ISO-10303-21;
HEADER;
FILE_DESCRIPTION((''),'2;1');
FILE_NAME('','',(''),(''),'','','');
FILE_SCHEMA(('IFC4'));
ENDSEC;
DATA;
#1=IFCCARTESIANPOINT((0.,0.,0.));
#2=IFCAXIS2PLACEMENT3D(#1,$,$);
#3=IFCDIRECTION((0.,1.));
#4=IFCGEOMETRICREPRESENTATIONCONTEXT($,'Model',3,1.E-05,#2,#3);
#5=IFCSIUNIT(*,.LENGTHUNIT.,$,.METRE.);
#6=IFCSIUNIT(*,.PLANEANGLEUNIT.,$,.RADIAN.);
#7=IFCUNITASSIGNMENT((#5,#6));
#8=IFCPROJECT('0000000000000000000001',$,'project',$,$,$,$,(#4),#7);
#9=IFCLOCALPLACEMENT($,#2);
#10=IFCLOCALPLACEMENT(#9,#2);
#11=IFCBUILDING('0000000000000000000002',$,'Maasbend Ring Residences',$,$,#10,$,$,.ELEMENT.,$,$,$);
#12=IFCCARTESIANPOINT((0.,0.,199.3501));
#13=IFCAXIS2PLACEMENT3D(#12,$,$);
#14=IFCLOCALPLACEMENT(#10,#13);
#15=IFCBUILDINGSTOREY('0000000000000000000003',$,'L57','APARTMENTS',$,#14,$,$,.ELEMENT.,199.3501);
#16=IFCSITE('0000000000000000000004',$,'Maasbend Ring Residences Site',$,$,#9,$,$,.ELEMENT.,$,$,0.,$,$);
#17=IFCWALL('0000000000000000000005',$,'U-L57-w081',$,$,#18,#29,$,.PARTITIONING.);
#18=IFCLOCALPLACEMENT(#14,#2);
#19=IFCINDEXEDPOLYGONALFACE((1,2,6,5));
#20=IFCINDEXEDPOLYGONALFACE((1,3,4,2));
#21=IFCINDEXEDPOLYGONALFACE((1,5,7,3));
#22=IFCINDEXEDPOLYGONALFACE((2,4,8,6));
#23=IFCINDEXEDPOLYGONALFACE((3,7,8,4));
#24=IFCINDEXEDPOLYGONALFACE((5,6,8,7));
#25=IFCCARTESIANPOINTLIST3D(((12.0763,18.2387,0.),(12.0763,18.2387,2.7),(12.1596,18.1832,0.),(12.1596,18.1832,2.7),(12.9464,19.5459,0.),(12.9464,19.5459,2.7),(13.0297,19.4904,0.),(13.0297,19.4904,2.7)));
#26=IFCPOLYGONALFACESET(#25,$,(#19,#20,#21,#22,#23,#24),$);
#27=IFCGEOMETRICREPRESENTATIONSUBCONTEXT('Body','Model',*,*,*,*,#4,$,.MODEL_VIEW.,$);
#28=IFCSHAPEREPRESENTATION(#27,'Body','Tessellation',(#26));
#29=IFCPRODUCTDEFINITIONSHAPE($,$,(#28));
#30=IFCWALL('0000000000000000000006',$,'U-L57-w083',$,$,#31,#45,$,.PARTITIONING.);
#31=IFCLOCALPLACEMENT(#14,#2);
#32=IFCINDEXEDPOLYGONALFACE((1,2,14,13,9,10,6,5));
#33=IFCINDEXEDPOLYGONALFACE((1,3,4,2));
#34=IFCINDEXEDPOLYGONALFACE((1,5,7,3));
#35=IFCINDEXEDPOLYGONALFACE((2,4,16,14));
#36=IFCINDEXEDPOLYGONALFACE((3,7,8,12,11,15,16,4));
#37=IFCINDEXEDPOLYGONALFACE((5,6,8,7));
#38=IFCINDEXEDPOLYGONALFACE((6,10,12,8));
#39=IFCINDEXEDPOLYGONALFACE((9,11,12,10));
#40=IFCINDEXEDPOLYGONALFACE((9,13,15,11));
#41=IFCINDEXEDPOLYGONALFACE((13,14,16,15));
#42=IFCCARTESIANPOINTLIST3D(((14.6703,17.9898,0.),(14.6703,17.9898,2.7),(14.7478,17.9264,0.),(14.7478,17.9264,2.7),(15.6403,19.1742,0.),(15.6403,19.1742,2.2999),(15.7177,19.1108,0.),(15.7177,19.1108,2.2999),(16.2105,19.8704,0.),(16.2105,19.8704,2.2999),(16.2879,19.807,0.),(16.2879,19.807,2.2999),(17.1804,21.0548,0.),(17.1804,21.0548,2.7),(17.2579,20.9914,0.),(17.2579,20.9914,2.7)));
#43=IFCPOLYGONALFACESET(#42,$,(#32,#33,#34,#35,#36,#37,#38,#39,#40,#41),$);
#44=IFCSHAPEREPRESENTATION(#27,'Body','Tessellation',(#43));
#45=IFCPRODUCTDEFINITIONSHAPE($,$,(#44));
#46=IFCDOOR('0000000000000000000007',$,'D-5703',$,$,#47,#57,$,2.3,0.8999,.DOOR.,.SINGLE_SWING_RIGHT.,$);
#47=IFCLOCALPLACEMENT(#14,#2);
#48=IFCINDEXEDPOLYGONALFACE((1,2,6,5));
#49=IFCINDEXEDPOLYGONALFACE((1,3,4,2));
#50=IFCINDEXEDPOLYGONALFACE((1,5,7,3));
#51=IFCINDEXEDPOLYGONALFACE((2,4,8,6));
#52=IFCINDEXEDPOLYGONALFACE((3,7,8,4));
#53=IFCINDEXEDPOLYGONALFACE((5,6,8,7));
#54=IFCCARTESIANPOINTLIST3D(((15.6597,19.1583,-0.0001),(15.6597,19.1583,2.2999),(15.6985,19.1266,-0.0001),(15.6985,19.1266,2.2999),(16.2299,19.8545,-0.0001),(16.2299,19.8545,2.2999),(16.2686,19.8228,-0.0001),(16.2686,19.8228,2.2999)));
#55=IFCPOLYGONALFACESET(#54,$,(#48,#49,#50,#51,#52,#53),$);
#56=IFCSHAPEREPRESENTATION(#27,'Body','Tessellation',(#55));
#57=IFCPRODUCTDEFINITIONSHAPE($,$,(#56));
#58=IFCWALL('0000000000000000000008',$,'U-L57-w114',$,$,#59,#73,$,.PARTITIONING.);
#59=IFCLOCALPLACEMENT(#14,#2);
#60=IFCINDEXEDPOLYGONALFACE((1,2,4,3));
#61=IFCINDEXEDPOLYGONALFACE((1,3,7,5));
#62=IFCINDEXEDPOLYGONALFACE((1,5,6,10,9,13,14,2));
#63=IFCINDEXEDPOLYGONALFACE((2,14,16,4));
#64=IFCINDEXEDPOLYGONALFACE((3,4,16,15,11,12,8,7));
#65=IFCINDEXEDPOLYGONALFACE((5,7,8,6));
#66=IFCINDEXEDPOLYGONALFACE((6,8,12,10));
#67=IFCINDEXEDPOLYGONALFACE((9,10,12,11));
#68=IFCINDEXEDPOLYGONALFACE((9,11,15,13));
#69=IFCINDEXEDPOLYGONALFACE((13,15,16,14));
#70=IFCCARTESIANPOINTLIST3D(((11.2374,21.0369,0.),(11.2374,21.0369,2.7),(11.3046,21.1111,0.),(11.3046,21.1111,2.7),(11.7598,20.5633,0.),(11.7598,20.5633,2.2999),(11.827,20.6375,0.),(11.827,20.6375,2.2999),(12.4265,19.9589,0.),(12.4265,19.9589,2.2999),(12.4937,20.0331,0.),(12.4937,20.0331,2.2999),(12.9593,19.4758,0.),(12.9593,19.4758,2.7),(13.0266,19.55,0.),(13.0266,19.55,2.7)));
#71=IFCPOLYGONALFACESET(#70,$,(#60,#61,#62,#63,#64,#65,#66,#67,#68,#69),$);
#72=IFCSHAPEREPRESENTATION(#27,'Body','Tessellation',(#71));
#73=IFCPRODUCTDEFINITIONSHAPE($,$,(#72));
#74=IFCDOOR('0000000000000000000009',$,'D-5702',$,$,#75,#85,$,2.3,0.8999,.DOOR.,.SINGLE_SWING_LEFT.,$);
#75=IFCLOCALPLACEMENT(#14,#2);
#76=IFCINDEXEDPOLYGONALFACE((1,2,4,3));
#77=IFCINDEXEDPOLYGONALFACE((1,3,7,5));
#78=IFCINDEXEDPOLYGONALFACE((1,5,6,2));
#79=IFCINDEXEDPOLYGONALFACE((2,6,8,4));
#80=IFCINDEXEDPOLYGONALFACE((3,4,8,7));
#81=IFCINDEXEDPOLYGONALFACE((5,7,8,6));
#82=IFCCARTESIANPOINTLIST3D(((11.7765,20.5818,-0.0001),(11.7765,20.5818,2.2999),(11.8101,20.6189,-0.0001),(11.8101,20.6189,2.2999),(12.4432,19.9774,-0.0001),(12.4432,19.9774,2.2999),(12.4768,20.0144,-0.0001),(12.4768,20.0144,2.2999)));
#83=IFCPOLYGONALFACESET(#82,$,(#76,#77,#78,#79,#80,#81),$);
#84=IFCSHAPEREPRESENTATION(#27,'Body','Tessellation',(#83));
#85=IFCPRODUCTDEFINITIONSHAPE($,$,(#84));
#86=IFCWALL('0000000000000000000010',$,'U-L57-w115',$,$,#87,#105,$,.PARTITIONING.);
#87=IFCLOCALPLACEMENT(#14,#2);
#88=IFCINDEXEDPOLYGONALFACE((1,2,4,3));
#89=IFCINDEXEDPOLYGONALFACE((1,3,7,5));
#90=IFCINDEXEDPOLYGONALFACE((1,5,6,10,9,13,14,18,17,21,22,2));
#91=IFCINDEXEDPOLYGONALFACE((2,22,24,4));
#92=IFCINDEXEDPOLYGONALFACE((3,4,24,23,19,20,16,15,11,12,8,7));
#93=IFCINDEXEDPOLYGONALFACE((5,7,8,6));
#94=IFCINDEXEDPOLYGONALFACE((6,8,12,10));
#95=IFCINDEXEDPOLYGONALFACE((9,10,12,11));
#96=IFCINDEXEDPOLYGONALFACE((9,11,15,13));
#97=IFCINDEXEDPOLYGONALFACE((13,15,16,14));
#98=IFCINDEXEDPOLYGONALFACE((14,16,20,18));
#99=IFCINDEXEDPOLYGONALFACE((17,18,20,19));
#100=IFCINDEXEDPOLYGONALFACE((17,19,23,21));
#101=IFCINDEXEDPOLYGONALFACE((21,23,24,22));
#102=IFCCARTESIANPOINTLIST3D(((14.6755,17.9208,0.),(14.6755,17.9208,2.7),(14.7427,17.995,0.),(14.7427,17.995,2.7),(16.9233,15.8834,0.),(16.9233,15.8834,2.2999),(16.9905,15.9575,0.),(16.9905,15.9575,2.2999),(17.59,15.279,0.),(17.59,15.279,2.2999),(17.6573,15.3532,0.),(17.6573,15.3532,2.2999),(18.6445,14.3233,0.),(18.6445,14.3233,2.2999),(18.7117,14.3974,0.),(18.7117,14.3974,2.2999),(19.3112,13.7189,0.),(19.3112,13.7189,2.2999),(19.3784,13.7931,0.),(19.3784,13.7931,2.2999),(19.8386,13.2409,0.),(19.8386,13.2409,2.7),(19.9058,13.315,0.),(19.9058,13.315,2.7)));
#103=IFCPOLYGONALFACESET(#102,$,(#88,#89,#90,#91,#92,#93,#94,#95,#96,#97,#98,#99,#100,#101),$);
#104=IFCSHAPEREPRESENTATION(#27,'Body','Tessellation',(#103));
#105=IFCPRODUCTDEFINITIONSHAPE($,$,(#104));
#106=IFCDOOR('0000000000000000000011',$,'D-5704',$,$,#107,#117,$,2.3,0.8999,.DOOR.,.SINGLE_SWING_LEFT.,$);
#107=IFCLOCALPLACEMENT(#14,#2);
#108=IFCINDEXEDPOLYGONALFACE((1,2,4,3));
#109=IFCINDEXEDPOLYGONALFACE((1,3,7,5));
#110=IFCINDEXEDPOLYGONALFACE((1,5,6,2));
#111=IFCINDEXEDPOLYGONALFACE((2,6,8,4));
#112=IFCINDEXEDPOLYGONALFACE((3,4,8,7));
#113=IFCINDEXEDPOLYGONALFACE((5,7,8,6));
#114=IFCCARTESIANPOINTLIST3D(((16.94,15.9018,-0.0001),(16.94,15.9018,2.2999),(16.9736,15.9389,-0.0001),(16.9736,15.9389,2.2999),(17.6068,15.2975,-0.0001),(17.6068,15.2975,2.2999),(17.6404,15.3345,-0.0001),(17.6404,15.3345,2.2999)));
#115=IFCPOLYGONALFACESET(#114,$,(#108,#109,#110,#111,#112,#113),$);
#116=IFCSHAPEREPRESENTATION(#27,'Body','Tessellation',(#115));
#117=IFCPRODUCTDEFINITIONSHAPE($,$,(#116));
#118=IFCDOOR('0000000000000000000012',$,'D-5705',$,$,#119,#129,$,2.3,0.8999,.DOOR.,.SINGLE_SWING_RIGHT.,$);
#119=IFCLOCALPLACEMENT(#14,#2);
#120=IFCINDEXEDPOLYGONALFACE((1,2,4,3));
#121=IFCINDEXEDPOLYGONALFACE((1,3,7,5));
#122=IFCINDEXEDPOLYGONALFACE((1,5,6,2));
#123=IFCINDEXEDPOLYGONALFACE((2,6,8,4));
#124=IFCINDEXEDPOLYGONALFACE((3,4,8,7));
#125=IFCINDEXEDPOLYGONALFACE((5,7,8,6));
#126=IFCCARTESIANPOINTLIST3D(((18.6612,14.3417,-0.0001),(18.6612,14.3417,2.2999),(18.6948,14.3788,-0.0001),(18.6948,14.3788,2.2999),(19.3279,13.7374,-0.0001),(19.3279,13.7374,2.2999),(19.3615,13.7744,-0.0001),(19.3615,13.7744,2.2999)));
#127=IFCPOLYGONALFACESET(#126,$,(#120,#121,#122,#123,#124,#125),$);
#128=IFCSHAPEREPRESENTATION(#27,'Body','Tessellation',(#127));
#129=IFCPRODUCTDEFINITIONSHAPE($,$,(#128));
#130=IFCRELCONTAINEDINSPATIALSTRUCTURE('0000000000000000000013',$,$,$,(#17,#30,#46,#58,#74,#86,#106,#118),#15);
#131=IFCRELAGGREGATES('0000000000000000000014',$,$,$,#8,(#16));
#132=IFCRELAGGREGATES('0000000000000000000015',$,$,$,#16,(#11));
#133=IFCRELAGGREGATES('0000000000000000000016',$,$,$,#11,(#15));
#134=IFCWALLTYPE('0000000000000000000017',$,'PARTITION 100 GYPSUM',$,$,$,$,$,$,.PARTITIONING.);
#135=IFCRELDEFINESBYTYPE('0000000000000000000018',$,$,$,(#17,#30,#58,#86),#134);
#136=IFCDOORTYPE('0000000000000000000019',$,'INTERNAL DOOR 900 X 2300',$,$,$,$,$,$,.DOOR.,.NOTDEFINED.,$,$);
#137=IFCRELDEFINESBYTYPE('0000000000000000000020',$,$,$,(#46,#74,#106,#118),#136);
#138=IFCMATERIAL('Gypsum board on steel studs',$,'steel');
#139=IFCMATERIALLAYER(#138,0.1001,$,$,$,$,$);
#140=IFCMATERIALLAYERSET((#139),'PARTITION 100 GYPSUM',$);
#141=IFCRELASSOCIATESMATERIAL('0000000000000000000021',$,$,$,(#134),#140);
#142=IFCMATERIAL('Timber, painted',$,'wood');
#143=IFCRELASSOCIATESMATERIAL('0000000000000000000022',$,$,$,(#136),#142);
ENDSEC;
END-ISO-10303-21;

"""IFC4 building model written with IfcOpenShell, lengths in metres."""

from ifc_helpers import new_model, si_unit, direction, frame, frame_2d, origin, place, context, subcontext, project, spatial, rectangle, extrude, material, layer, layer_set, type_object, element, fill, save


model = new_model("IFC4")

# Units and contexts
model_context = context("Model", 3, precision=1e-05, world=origin(), true_north=direction((0.0, 1.0)))
body_context = subcontext(model_context, "Body", "Model", "MODEL_VIEW")
ifc_project = project(units=[si_unit("LENGTHUNIT", "METRE"), si_unit("PLANEANGLEUNIT", "RADIAN")], contexts=[model_context])

# Site, building, storey
site_placement = place(None, origin())
site = spatial("IfcSite", under=ifc_project, at=site_placement, Name="Maasbend Ring Residences Site", CompositionType="ELEMENT", RefElevation=0.0)
building_placement = place(site_placement, origin())
building = spatial("IfcBuilding", under=site, at=building_placement, Name="Maasbend Ring Residences", CompositionType="ELEMENT")
storey_placement = place(building_placement, frame((0.0, 0.0, 199.3501)))
storey = spatial("IfcBuildingStorey", under=building, at=storey_placement, Name="L57", Description="APARTMENTS", CompositionType="ELEMENT", Elevation=199.3501)

# Wall
ifc_material_1 = material(Name="Gypsum board on steel studs", Category="steel")
ifc_layer_1 = layer(ifc_material_1, 0.1001)
ifc_layer_set_1 = layer_set([ifc_layer_1], Name="PARTITION 100 GYPSUM")
wall_type_1 = type_object("IfcWallType", Name="PARTITION 100 GYPSUM", PredefinedType="PARTITIONING", material=ifc_layer_set_1)
wall_1_placement = place(storey_placement, frame((12.1179, 18.2109, 0.0), z_axis=(0.0, 0.0, 1.0), x_axis=(0.554126, 0.832433, 0.0)))
element("IfcWall", 1, at=wall_1_placement, inside=storey, type_object=wall_type_1, Name="U-L57-w081", PredefinedType="PARTITIONING", context=body_context, shape_type="SweptSolid", body=[
    extrude(rectangle(XDim=1.5703, YDim=0.1001, at=frame_2d((0.7852, 0.0))), origin(), (0.0, 0.0, 1.0), 2.7),
])

# Walls, openings, doors
wall_2_placement = place(storey_placement, frame((14.709, 17.958, 0.0), z_axis=(0.0, 0.0, 1.0), x_axis=(0.63359, 0.773669, 0.0)))
wall_2 = element("IfcWall", 2, at=wall_2_placement, inside=storey, type_object=wall_type_1, Name="U-L57-w083", PredefinedType="PARTITIONING", context=body_context, shape_type="SweptSolid", body=[
    extrude(rectangle(XDim=3.9617, YDim=0.1001, at=frame_2d((1.981, 0.0))), origin(), (0.0, 0.0, 1.0), 2.7),
])
opening_1_placement = place(wall_2_placement, frame((1.531, 0.0, 0.0)))
opening_1 = element("IfcOpeningElement", 3, at=opening_1_placement, cuts=wall_2, PredefinedType="OPENING", context=body_context, shape_type="SweptSolid", body=[
    extrude(rectangle(XDim=0.8999, YDim=2.3, at=frame_2d((0.45, 1.1499))), frame((0.0, 0.0601, 0.0), z_axis=(0.0, -1.0, 0.0), x_axis=(1.0, 0.0, 0.0)), (0.0, 0.0, 1.0), 0.1201),
])
ifc_material_2 = material(Name="Timber, painted", Category="wood")
door_type_1 = type_object("IfcDoorType", Name="INTERNAL DOOR 900 X 2300", OperationType="NOTDEFINED", PredefinedType="DOOR", material=ifc_material_2)
door_1_placement = place(opening_1_placement, origin())
door_1 = element("IfcDoor", 4, at=door_1_placement, inside=storey, type_object=door_type_1, Name="D-5703", OperationType="SINGLE_SWING_RIGHT", OverallHeight=2.3, OverallWidth=0.8999, PredefinedType="DOOR", context=body_context, shape_type="SweptSolid", body=[
    extrude(rectangle(XDim=0.8999, YDim=2.3, at=frame_2d((0.45, 1.1499))), frame((0.0, 0.0249, 0.0), z_axis=(0.0, -1.0, 0.0), x_axis=(1.0, 0.0, 0.0)), (0.0, 0.0, 1.0), 0.05),
])
fill(opening_1, door_1)
wall_3_placement = place(storey_placement, frame((11.271, 21.074, 0.0), z_axis=(0.0, 0.0, 1.0), x_axis=(0.740871, -0.671647, 0.0)))
wall_3 = element("IfcWall", 5, at=wall_3_placement, inside=storey, type_object=wall_type_1, Name="U-L57-w114", PredefinedType="PARTITIONING", context=body_context, shape_type="SweptSolid", body=[
    extrude(rectangle(XDim=2.3242, YDim=0.1001, at=frame_2d((1.1621, 0.0))), origin(), (0.0, 0.0, 1.0), 2.7),
])
opening_2_placement = place(wall_3_placement, frame((0.7051, 0.0, 0.0)))
opening_2 = element("IfcOpeningElement", 6, at=opening_2_placement, cuts=wall_3, PredefinedType="OPENING", context=body_context, shape_type="SweptSolid", body=[
    extrude(rectangle(XDim=0.8999, YDim=2.3, at=frame_2d((0.45, 1.1499))), frame((0.0, 0.0601, 0.0), z_axis=(0.0, -1.0, 0.0), x_axis=(1.0, 0.0, 0.0)), (0.0, 0.0, 1.0), 0.1201),
])
door_2_placement = place(opening_2_placement, origin())
door_2 = element("IfcDoor", 7, at=door_2_placement, inside=storey, type_object=door_type_1, Name="D-5702", OperationType="SINGLE_SWING_LEFT", OverallHeight=2.3, OverallWidth=0.8999, PredefinedType="DOOR", context=body_context, shape_type="SweptSolid", body=[
    extrude(rectangle(XDim=0.8999, YDim=2.3, at=frame_2d((0.45, 1.1499))), frame((0.0, 0.0249, 0.0), z_axis=(0.0, -1.0, 0.0), x_axis=(1.0, 0.0, 0.0)), (0.0, 0.0, 1.0), 0.05),
])
fill(opening_2, door_2)

# Wall, openings, doors
wall_4_placement = place(storey_placement, frame((14.709, 17.958, 0.0), z_axis=(0.0, 0.0, 1.0), x_axis=(0.740924, -0.671589, 0.0)))
wall_4 = element("IfcWall", 8, at=wall_4_placement, inside=storey, type_object=wall_type_1, Name="U-L57-w115", PredefinedType="PARTITIONING", context=body_context, shape_type="SweptSolid", body=[
    extrude(rectangle(XDim=6.9685, YDim=0.1001, at=frame_2d((3.4844, 0.0))), origin(), (0.0, 0.0, 1.0), 2.7),
])
opening_3_placement = place(wall_4_placement, frame((3.0339, 0.0, 0.0)))
opening_3 = element("IfcOpeningElement", 9, at=opening_3_placement, cuts=wall_4, PredefinedType="OPENING", context=body_context, shape_type="SweptSolid", body=[
    extrude(rectangle(XDim=0.8999, YDim=2.3, at=frame_2d((0.45, 1.1499))), frame((0.0, 0.0601, 0.0), z_axis=(0.0, -1.0, 0.0), x_axis=(1.0, 0.0, 0.0)), (0.0, 0.0, 1.0), 0.1201),
])
opening_4_placement = place(wall_4_placement, frame((5.3569, 0.0, 0.0)))
opening_4 = element("IfcOpeningElement", 10, at=opening_4_placement, cuts=wall_4, PredefinedType="OPENING", context=body_context, shape_type="SweptSolid", body=[
    extrude(rectangle(XDim=0.8999, YDim=2.3, at=frame_2d((0.45, 1.1499))), frame((0.0, 0.0601, 0.0), z_axis=(0.0, -1.0, 0.0), x_axis=(1.0, 0.0, 0.0)), (0.0, 0.0, 1.0), 0.1201),
])
door_3_placement = place(opening_3_placement, origin())
door_3 = element("IfcDoor", 11, at=door_3_placement, inside=storey, type_object=door_type_1, Name="D-5704", OperationType="SINGLE_SWING_LEFT", OverallHeight=2.3, OverallWidth=0.8999, PredefinedType="DOOR", context=body_context, shape_type="SweptSolid", body=[
    extrude(rectangle(XDim=0.8999, YDim=2.3, at=frame_2d((0.45, 1.1499))), frame((0.0, 0.0249, 0.0), z_axis=(0.0, -1.0, 0.0), x_axis=(1.0, 0.0, 0.0)), (0.0, 0.0, 1.0), 0.05),
])
fill(opening_3, door_3)
door_4_placement = place(opening_4_placement, origin())
door_4 = element("IfcDoor", 12, at=door_4_placement, inside=storey, type_object=door_type_1, Name="D-5705", OperationType="SINGLE_SWING_RIGHT", OverallHeight=2.3, OverallWidth=0.8999, PredefinedType="DOOR", context=body_context, shape_type="SweptSolid", body=[
    extrude(rectangle(XDim=0.8999, YDim=2.3, at=frame_2d((0.45, 1.1499))), frame((0.0, 0.0249, 0.0), z_axis=(0.0, -1.0, 0.0), x_axis=(1.0, 0.0, 0.0)), (0.0, 0.0, 1.0), 0.05),
])
fill(opening_4, door_4)

save(model, "model.ifc")
